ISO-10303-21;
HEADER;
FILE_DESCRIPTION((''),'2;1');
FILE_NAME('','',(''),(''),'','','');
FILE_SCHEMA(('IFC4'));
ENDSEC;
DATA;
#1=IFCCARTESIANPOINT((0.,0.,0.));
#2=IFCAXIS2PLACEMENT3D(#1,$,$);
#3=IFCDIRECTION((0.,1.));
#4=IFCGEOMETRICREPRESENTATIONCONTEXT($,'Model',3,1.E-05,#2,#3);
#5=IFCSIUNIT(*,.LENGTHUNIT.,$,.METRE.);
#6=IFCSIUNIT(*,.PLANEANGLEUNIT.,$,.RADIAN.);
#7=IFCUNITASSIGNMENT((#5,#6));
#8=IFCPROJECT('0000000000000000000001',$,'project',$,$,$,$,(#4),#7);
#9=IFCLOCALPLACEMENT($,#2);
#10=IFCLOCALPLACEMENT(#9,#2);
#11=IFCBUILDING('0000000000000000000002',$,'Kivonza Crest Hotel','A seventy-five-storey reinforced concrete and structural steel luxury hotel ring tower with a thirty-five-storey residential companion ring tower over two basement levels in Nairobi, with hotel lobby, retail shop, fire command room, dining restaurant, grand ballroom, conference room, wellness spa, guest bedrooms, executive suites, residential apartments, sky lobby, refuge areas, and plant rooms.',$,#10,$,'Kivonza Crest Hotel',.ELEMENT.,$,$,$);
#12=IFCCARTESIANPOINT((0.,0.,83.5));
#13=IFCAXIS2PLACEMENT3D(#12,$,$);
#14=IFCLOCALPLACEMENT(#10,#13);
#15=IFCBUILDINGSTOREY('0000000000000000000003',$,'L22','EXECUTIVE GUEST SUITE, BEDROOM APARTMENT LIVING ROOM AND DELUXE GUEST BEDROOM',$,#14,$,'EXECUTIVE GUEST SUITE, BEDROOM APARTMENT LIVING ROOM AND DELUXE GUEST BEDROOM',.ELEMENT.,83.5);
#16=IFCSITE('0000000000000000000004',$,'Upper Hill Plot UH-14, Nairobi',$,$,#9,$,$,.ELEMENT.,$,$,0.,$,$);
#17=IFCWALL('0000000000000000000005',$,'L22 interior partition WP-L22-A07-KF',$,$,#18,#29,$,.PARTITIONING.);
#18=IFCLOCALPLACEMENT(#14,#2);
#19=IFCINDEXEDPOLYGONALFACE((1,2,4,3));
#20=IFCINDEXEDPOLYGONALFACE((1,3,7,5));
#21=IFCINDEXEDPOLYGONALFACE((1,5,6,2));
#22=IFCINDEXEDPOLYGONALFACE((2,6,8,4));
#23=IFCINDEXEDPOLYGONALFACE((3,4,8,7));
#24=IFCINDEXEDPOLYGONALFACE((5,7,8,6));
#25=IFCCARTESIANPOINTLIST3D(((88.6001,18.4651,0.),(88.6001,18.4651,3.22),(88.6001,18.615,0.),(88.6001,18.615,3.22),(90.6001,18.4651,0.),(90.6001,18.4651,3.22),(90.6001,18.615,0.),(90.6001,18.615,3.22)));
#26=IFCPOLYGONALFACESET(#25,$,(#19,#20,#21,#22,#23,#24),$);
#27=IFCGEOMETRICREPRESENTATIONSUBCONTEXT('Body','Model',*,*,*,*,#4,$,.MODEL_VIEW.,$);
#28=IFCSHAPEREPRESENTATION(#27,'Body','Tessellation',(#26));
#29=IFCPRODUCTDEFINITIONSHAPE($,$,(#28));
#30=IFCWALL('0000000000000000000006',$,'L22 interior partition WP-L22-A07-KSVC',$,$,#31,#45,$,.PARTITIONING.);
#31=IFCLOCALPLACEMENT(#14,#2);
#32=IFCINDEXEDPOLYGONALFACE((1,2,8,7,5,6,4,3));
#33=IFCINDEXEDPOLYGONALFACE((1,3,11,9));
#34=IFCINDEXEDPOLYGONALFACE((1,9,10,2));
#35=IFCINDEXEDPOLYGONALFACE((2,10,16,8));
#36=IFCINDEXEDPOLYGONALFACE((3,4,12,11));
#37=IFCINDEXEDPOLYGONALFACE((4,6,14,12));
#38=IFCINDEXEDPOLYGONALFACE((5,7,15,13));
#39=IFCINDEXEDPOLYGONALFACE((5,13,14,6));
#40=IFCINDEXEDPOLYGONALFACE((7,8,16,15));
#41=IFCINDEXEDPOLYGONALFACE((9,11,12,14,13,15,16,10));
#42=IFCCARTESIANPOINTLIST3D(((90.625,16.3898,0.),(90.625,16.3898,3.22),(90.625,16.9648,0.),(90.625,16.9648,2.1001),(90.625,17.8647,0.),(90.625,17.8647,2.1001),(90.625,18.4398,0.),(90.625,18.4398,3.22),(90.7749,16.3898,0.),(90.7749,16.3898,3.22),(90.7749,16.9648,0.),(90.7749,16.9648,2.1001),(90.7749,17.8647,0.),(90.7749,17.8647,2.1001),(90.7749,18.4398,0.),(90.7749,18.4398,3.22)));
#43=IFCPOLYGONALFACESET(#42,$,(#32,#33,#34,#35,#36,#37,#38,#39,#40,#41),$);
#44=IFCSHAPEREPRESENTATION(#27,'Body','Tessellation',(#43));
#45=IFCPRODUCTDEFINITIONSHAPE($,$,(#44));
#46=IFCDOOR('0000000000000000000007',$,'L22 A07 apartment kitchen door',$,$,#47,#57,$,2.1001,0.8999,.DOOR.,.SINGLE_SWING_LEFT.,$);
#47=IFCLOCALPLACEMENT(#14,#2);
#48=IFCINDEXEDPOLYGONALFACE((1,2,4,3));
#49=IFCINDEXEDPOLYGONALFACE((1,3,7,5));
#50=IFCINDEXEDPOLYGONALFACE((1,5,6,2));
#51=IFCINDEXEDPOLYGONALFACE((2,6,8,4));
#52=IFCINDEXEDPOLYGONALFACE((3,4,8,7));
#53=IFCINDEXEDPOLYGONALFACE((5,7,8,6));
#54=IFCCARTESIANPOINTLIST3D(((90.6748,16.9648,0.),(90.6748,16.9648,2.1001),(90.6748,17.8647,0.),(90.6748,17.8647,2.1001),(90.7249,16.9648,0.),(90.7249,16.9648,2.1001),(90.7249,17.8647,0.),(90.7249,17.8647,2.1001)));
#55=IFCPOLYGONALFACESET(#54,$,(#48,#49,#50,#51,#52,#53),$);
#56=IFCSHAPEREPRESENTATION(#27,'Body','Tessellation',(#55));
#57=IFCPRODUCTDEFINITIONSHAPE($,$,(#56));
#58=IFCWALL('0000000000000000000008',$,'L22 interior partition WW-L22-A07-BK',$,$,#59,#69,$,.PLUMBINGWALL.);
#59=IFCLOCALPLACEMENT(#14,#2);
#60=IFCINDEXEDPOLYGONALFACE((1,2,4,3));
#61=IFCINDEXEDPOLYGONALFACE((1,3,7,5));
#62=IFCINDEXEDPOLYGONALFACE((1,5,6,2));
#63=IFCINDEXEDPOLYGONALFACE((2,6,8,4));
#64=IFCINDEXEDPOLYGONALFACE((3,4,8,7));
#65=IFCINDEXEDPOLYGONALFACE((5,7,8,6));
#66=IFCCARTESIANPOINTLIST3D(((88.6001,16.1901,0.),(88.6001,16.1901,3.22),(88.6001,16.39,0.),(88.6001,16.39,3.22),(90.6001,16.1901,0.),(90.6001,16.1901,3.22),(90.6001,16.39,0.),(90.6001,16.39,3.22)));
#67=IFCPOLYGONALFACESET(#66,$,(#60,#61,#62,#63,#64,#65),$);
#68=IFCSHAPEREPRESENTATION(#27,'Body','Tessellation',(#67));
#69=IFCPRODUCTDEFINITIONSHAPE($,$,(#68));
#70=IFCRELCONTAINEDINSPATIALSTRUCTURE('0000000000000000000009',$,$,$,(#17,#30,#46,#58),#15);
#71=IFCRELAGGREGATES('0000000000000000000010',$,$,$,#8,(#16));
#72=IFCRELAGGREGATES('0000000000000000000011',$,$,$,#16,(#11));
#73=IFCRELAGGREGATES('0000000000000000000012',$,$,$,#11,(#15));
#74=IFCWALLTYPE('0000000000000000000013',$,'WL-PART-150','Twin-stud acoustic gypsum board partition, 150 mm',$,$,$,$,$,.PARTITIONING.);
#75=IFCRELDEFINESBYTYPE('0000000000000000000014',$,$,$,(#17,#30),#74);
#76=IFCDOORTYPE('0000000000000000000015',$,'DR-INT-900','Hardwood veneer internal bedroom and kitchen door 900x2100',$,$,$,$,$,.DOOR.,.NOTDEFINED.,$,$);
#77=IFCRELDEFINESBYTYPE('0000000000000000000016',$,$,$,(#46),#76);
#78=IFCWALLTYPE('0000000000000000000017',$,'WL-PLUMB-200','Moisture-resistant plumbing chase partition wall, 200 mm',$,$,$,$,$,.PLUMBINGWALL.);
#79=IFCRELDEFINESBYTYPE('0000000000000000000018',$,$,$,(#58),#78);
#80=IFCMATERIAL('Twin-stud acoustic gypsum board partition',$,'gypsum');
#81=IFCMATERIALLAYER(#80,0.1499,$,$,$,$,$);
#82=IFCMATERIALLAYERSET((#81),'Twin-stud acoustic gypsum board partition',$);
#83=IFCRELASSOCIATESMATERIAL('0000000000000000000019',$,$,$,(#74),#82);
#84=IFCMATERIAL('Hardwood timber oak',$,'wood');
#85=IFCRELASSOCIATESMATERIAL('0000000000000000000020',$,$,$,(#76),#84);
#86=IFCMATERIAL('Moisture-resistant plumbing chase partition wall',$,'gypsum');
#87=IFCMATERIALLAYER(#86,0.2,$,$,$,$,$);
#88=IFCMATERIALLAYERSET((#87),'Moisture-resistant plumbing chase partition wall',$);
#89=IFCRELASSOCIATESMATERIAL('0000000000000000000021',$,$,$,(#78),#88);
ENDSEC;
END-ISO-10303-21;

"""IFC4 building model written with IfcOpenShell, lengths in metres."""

from ifc_helpers import new_model, si_unit, direction, frame, frame_2d, origin, place, context, subcontext, project, spatial, rectangle, extrude, material, layer, layer_set, type_object, element, fill, save


model = new_model("IFC4")

# Units and contexts
model_context = context("Model", 3, precision=1e-05, world=origin(), true_north=direction((0.0, 1.0)))
body_context = subcontext(model_context, "Body", "Model", "MODEL_VIEW")
ifc_project = project(units=[si_unit("LENGTHUNIT", "METRE"), si_unit("PLANEANGLEUNIT", "RADIAN")], contexts=[model_context])

# Site, building, storey
site_placement = place(None, origin())
site = spatial("IfcSite", under=ifc_project, at=site_placement, Name="Upper Hill Plot UH-14, Nairobi", CompositionType="ELEMENT", RefElevation=0.0)
building_placement = place(site_placement, origin())
building = spatial("IfcBuilding", under=site, at=building_placement, Name="Kivonza Crest Hotel", Description="A seventy-five-storey reinforced concrete and structural steel luxury hotel ring tower with a thirty-five-storey residential companion ring tower over two basement levels in Nairobi, with hotel lobby, retail shop, fire command room, dining restaurant, grand ballroom, conference room, wellness spa, guest bedrooms, executive suites, residential apartments, sky lobby, refuge areas, and plant rooms.", LongName="Kivonza Crest Hotel", CompositionType="ELEMENT")
storey_placement = place(building_placement, frame((0.0, 0.0, 83.5)))
storey = spatial("IfcBuildingStorey", under=building, at=storey_placement, Name="L22", Description="EXECUTIVE GUEST SUITE, BEDROOM APARTMENT LIVING ROOM AND DELUXE GUEST BEDROOM", LongName="EXECUTIVE GUEST SUITE, BEDROOM APARTMENT LIVING ROOM AND DELUXE GUEST BEDROOM", CompositionType="ELEMENT", Elevation=83.5)

# Shared definitions
ifc_material_1 = material(Name="Hardwood timber oak", Category="wood")

# Wall
ifc_material_2 = material(Name="Twin-stud acoustic gypsum board partition", Category="gypsum")
ifc_layer_1 = layer(ifc_material_2, 0.1499)
ifc_layer_set_1 = layer_set([ifc_layer_1], Name="Twin-stud acoustic gypsum board partition")
wall_type_1 = type_object("IfcWallType", Name="WL-PART-150", Description="Twin-stud acoustic gypsum board partition, 150 mm", PredefinedType="PARTITIONING", material=ifc_layer_set_1)
wall_1_placement = place(storey_placement, frame((88.6001, 18.54, 0.0), z_axis=(0.0, 0.0, 1.0), x_axis=(1.0, 0.0, 0.0)))
element("IfcWall", 1, at=wall_1_placement, inside=storey, type_object=wall_type_1, Name="L22 interior partition WP-L22-A07-KF", PredefinedType="PARTITIONING", context=body_context, shape_type="SweptSolid", body=[
    extrude(rectangle(XDim=2.0, YDim=0.1499, at=frame_2d((1.0, 0.0))), origin(), (0.0, 0.0, 1.0), 3.22),
])

# Wall, opening, door
wall_2_placement = place(storey_placement, frame((90.7, 16.3899, 0.0), z_axis=(0.0, 0.0, 1.0), x_axis=(0.0, 1.0, 0.0)))
wall_2 = element("IfcWall", 2, at=wall_2_placement, inside=storey, type_object=wall_type_1, Name="L22 interior partition WP-L22-A07-KSVC", PredefinedType="PARTITIONING", context=body_context, shape_type="SweptSolid", body=[
    extrude(rectangle(XDim=2.05, YDim=0.1499, at=frame_2d((1.0249, 0.0))), origin(), (0.0, 0.0, 1.0), 3.22),
])
opening_1_placement = place(wall_2_placement, frame((0.575, 0.0, 0.0)))
opening_1 = element("IfcOpeningElement", 3, at=opening_1_placement, cuts=wall_2, PredefinedType="OPENING", context=body_context, shape_type="SweptSolid", body=[
    extrude(rectangle(XDim=0.8999, YDim=2.1001, at=frame_2d((0.45, 1.05))), frame((0.0, 0.085, 0.0), z_axis=(0.0, -1.0, 0.0), x_axis=(1.0, 0.0, 0.0)), (0.0, 0.0, 1.0), 0.1699),
])
door_type_1 = type_object("IfcDoorType", Name="DR-INT-900", Description="Hardwood veneer internal bedroom and kitchen door 900x2100", OperationType="NOTDEFINED", PredefinedType="DOOR", material=ifc_material_1)
door_1_placement = place(opening_1_placement, frame((0.8999, 0.0, 0.0), z_axis=(0.0, 0.0, 1.0), x_axis=(-1.0, 0.0, 0.0)))
door_1 = element("IfcDoor", 4, at=door_1_placement, inside=storey, type_object=door_type_1, Name="L22 A07 apartment kitchen door", OperationType="SINGLE_SWING_LEFT", OverallHeight=2.1001, OverallWidth=0.8999, PredefinedType="DOOR", context=body_context, shape_type="SweptSolid", body=[
    extrude(rectangle(XDim=0.8999, YDim=2.1001, at=frame_2d((0.45, 1.05))), frame((0.0, 0.0249, 0.0), z_axis=(0.0, -1.0, 0.0), x_axis=(1.0, 0.0, 0.0)), (0.0, 0.0, 1.0), 0.05),
])
fill(opening_1, door_1)

# Wall
ifc_material_3 = material(Name="Moisture-resistant plumbing chase partition wall", Category="gypsum")
ifc_layer_2 = layer(ifc_material_3, 0.2)
ifc_layer_set_2 = layer_set([ifc_layer_2], Name="Moisture-resistant plumbing chase partition wall")
wall_type_2 = type_object("IfcWallType", Name="WL-PLUMB-200", Description="Moisture-resistant plumbing chase partition wall, 200 mm", PredefinedType="PLUMBINGWALL", material=ifc_layer_set_2)
wall_3_placement = place(storey_placement, frame((88.6001, 16.29, 0.0), z_axis=(0.0, 0.0, 1.0), x_axis=(1.0, 0.0, 0.0)))
element("IfcWall", 5, at=wall_3_placement, inside=storey, type_object=wall_type_2, Name="L22 interior partition WW-L22-A07-BK", PredefinedType="PLUMBINGWALL", context=body_context, shape_type="SweptSolid", body=[
    extrude(rectangle(XDim=2.0, YDim=0.2, at=frame_2d((1.0, 0.0))), origin(), (0.0, 0.0, 1.0), 3.22),
])

save(model, "model.ifc")
